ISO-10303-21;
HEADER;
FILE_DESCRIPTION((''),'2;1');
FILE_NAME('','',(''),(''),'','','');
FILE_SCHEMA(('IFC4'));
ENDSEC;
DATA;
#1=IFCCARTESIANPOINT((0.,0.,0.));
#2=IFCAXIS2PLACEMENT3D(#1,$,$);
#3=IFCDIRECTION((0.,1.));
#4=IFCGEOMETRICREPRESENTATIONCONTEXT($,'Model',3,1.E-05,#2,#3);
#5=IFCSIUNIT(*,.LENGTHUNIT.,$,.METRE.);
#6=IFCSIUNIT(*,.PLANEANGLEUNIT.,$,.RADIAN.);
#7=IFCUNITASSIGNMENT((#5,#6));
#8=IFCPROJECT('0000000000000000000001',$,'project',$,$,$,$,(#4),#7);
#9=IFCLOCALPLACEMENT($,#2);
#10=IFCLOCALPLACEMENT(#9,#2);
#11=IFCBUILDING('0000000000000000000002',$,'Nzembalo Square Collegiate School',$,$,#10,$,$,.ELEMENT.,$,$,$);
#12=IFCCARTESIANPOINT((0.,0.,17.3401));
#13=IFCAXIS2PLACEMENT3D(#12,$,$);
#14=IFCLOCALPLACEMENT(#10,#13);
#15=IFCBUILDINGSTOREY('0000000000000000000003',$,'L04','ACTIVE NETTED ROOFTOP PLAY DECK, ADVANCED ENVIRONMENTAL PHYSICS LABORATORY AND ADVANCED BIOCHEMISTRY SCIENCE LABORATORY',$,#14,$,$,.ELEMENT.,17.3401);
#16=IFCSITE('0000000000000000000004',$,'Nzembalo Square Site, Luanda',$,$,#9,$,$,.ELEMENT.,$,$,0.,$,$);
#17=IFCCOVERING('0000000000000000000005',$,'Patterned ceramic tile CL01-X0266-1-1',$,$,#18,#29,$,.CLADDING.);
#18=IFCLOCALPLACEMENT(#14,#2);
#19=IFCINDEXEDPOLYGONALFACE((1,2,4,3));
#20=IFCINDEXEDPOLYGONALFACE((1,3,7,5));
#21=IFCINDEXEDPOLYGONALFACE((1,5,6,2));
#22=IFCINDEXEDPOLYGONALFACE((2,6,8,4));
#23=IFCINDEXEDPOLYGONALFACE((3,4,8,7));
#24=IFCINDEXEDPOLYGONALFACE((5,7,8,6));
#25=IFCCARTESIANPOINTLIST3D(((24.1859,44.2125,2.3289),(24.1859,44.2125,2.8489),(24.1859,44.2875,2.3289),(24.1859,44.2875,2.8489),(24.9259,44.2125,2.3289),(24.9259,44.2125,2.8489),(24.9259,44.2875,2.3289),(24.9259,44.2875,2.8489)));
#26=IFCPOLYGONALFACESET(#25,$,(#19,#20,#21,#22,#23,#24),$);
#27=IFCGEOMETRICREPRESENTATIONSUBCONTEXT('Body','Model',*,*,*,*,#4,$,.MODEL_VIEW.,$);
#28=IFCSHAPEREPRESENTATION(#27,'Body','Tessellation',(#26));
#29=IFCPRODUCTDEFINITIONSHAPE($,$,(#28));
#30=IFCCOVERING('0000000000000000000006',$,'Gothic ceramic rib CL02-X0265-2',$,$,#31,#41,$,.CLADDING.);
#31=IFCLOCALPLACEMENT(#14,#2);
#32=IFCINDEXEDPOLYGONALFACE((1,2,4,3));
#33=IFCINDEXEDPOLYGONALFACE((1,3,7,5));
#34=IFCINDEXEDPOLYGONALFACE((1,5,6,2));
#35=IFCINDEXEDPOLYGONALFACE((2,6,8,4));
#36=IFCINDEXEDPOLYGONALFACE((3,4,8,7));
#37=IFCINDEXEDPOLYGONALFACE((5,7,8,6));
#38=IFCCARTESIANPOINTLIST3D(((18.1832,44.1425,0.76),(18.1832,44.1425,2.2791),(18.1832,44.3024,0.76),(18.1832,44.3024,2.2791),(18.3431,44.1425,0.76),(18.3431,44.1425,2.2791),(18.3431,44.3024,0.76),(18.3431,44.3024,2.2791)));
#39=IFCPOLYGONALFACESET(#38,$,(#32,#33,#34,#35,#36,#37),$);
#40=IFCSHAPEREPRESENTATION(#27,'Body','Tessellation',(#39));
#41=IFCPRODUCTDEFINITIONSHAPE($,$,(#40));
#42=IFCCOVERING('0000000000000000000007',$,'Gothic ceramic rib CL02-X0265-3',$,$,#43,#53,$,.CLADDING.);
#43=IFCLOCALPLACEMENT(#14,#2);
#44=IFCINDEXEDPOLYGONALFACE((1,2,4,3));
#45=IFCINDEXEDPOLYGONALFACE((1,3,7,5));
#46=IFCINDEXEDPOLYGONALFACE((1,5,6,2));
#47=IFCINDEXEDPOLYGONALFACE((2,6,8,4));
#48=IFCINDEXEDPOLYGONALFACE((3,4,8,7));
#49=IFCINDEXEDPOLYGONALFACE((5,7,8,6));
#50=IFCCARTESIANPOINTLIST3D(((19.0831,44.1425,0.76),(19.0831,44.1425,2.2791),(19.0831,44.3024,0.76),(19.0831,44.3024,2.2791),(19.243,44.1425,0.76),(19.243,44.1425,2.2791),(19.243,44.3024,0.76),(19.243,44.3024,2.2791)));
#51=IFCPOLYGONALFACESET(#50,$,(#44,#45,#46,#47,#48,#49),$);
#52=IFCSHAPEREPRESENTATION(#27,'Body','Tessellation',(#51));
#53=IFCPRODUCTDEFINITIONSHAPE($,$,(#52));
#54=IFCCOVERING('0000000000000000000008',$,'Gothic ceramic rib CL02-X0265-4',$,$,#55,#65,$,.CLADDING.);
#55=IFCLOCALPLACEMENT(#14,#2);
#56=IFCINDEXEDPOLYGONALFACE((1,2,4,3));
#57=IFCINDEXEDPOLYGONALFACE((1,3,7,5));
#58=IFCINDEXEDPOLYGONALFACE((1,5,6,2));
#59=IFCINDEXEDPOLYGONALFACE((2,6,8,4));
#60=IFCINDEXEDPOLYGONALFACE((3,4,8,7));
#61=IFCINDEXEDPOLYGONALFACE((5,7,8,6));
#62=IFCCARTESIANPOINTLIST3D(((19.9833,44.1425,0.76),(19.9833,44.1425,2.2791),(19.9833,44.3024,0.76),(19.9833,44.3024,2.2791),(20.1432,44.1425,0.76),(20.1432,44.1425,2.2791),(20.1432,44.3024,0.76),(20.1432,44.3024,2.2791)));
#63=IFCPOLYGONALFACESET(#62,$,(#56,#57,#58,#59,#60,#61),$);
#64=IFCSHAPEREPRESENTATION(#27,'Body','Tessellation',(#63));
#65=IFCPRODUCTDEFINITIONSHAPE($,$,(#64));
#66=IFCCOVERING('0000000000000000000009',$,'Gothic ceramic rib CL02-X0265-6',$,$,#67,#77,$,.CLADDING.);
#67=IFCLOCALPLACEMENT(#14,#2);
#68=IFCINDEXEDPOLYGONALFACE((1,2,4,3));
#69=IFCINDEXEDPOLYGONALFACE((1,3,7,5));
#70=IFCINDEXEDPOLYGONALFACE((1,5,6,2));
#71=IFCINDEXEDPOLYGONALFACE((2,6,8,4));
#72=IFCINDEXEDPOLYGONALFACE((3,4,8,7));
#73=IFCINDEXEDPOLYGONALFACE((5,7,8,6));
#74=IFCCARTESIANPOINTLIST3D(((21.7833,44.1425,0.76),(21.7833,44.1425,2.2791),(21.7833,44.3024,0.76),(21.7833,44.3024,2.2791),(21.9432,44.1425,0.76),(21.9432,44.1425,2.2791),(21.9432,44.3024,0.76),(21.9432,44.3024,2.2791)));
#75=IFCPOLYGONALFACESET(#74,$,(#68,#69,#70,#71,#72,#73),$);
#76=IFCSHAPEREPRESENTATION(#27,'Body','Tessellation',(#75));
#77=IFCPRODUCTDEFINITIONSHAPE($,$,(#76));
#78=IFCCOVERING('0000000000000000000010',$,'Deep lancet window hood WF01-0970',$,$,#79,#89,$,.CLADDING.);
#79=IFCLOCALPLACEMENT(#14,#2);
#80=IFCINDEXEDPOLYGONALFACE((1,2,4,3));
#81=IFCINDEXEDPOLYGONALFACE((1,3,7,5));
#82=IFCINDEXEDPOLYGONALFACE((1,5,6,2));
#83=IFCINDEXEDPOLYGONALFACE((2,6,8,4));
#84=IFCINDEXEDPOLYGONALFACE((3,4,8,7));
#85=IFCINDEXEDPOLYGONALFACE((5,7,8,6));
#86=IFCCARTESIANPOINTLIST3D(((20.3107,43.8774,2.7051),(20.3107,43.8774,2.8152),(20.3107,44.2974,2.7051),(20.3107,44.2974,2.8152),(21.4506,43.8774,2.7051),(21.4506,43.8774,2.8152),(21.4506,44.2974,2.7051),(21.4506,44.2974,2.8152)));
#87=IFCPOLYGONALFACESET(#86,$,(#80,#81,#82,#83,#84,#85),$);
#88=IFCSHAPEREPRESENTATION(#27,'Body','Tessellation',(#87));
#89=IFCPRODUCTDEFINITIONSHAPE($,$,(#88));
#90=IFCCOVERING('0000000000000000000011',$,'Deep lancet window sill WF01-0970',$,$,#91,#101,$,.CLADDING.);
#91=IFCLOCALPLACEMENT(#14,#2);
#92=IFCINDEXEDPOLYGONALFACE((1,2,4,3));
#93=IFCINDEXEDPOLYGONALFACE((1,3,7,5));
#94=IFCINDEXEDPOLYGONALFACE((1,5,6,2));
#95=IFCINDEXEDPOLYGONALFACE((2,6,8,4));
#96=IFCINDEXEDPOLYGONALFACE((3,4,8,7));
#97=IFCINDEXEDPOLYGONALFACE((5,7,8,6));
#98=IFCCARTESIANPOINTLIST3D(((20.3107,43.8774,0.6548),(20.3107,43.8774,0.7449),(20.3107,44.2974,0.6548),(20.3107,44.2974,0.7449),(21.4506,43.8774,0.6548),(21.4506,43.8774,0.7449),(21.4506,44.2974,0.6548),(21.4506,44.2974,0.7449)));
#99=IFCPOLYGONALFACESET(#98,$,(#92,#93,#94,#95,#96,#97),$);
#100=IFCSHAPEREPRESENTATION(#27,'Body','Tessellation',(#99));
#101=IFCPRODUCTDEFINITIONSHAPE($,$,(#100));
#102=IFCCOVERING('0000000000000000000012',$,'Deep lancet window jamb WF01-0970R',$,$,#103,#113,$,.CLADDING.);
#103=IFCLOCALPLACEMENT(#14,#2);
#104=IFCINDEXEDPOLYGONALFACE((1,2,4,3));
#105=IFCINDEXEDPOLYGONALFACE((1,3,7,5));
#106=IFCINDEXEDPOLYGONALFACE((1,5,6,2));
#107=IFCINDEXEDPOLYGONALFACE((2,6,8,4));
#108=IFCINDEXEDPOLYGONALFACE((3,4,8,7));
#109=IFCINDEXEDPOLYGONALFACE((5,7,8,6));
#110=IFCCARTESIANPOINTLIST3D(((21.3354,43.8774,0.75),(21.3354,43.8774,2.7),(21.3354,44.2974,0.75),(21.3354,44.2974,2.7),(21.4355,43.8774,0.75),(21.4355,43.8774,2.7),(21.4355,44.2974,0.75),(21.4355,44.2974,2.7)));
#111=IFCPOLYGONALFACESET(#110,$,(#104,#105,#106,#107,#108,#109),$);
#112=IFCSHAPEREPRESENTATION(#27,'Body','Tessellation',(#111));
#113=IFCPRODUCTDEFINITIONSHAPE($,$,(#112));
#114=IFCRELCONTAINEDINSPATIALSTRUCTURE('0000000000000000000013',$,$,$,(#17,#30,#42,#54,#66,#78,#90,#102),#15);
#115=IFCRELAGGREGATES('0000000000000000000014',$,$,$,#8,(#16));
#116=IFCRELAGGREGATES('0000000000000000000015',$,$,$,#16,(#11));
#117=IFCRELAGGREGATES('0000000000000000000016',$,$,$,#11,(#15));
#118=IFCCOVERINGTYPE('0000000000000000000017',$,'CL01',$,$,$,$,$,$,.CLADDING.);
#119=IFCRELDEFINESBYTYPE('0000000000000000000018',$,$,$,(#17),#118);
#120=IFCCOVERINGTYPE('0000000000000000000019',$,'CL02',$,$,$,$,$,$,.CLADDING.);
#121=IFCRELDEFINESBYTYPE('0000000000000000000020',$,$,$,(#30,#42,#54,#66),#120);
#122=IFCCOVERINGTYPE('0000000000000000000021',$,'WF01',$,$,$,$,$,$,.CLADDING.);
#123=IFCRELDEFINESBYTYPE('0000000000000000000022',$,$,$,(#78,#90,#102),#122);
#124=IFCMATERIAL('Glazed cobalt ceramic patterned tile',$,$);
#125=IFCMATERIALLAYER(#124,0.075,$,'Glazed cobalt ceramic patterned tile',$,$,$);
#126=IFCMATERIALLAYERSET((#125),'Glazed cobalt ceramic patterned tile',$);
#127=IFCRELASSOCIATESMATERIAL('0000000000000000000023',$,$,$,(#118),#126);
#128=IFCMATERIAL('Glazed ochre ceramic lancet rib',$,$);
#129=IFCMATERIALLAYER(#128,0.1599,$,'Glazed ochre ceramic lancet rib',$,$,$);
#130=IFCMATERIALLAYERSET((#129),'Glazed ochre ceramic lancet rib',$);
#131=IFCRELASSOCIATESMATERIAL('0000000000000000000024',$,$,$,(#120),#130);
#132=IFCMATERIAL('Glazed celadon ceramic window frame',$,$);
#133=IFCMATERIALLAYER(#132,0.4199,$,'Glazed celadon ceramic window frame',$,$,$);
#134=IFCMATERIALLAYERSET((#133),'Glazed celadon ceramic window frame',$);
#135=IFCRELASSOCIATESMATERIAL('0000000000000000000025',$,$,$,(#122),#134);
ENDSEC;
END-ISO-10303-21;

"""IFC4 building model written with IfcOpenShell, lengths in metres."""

from ifc_helpers import new_model, si_unit, direction, frame, origin, origin_2d, place, context, subcontext, project, spatial, rectangle, extrude, material, layer, layer_set, type_object, element, save


model = new_model("IFC4")

# Units and contexts
model_context = context("Model", 3, precision=1e-05, world=origin(), true_north=direction((0.0, 1.0)))
body_context = subcontext(model_context, "Body", "Model", "MODEL_VIEW")
ifc_project = project(units=[si_unit("LENGTHUNIT", "METRE"), si_unit("PLANEANGLEUNIT", "RADIAN")], contexts=[model_context])

# Site, building, storey
site_placement = place(None, origin())
site = spatial("IfcSite", under=ifc_project, at=site_placement, Name="Nzembalo Square Site, Luanda", CompositionType="ELEMENT", RefElevation=0.0)
building_placement = place(site_placement, origin())
building = spatial("IfcBuilding", under=site, at=building_placement, Name="Nzembalo Square Collegiate School", CompositionType="ELEMENT")
storey_placement = place(building_placement, frame((0.0, 0.0, 17.3401)))
storey = spatial("IfcBuildingStorey", under=building, at=storey_placement, Name="L04", Description="ACTIVE NETTED ROOFTOP PLAY DECK, ADVANCED ENVIRONMENTAL PHYSICS LABORATORY AND ADVANCED BIOCHEMISTRY SCIENCE LABORATORY", CompositionType="ELEMENT", Elevation=17.3401)

# Coverings
ifc_material_1 = material(Name="Glazed cobalt ceramic patterned tile")
ifc_layer_1 = layer(ifc_material_1, 0.075, Name="Glazed cobalt ceramic patterned tile")
ifc_layer_set_1 = layer_set([ifc_layer_1], Name="Glazed cobalt ceramic patterned tile")
covering_type_1 = type_object("IfcCoveringType", Name="CL01", PredefinedType="CLADDING", material=ifc_layer_set_1)
for number, where, z_axis, x_axis, name in (
    (1, (24.5559, 44.25, 2.3289), (0.0, 0.0, 1.0), (1.0, 0.0, 0.0), "Patterned ceramic tile CL01-X0266-1-1"),
):
    element("IfcCovering", number, at=place(storey_placement, frame(where, z_axis=z_axis, x_axis=x_axis)), inside=storey, type_object=covering_type_1, Name=name, PredefinedType="CLADDING", context=body_context, shape_type="SweptSolid", body=[
        extrude(rectangle(XDim=0.74, YDim=0.075, at=origin_2d()), origin(), (0.0, 0.0, 1.0), 0.52),
    ])
ifc_material_2 = material(Name="Glazed ochre ceramic lancet rib")
ifc_layer_2 = layer(ifc_material_2, 0.1599, Name="Glazed ochre ceramic lancet rib")
ifc_layer_set_2 = layer_set([ifc_layer_2], Name="Glazed ochre ceramic lancet rib")
covering_type_2 = type_object("IfcCoveringType", Name="CL02", PredefinedType="CLADDING", material=ifc_layer_set_2)
for number, where, z_axis, x_axis, name in (
    (2, (18.2632, 44.2224, 0.76), (0.0, 0.0, 1.0), (1.0, 0.0, 0.0), "Gothic ceramic rib CL02-X0265-2"),
    (3, (19.1631, 44.2224, 0.76), (0.0, 0.0, 1.0), (1.0, 0.0, 0.0), "Gothic ceramic rib CL02-X0265-3"),
    (4, (20.0632, 44.2224, 0.76), (0.0, 0.0, 1.0), (1.0, 0.0, 0.0), "Gothic ceramic rib CL02-X0265-4"),
    (5, (21.8633, 44.2224, 0.76), (0.0, 0.0, 1.0), (1.0, 0.0, 0.0), "Gothic ceramic rib CL02-X0265-6"),
):
    element("IfcCovering", number, at=place(storey_placement, frame(where, z_axis=z_axis, x_axis=x_axis)), inside=storey, type_object=covering_type_2, Name=name, PredefinedType="CLADDING", context=body_context, shape_type="SweptSolid", body=[
        extrude(rectangle(XDim=0.1599, YDim=0.1599, at=origin_2d()), origin(), (0.0, 0.0, 1.0), 1.519),
    ])
ifc_material_3 = material(Name="Glazed celadon ceramic window frame")
ifc_layer_3 = layer(ifc_material_3, 0.4199, Name="Glazed celadon ceramic window frame")
ifc_layer_set_3 = layer_set([ifc_layer_3], Name="Glazed celadon ceramic window frame")
covering_type_3 = type_object("IfcCoveringType", Name="WF01", PredefinedType="CLADDING", material=ifc_layer_set_3)
covering_1_placement = place(storey_placement, frame((20.8806, 44.0874, 2.7051), z_axis=(0.0, 0.0, 1.0), x_axis=(1.0, 0.0, 0.0)))
element("IfcCovering", 6, at=covering_1_placement, inside=storey, type_object=covering_type_3, Name="Deep lancet window hood WF01-0970", PredefinedType="CLADDING", context=body_context, shape_type="SweptSolid", body=[
    extrude(rectangle(XDim=1.1399, YDim=0.4199, at=origin_2d()), origin(), (0.0, 0.0, 1.0), 0.1101),
])
covering_2_placement = place(storey_placement, frame((20.8806, 44.0874, 0.6548), z_axis=(0.0, 0.0, 1.0), x_axis=(1.0, 0.0, 0.0)))
element("IfcCovering", 7, at=covering_2_placement, inside=storey, type_object=covering_type_3, Name="Deep lancet window sill WF01-0970", PredefinedType="CLADDING", context=body_context, shape_type="SweptSolid", body=[
    extrude(rectangle(XDim=1.1399, YDim=0.4199, at=origin_2d()), origin(), (0.0, 0.0, 1.0), 0.0901),
])
covering_3_placement = place(storey_placement, frame((21.3855, 44.0874, 0.75), z_axis=(0.0, 0.0, 1.0), x_axis=(1.0, 0.0, 0.0)))
element("IfcCovering", 8, at=covering_3_placement, inside=storey, type_object=covering_type_3, Name="Deep lancet window jamb WF01-0970R", PredefinedType="CLADDING", context=body_context, shape_type="SweptSolid", body=[
    extrude(rectangle(XDim=0.1001, YDim=0.4199, at=origin_2d()), origin(), (0.0, 0.0, 1.0), 1.95),
])

save(model, "model.ifc")
